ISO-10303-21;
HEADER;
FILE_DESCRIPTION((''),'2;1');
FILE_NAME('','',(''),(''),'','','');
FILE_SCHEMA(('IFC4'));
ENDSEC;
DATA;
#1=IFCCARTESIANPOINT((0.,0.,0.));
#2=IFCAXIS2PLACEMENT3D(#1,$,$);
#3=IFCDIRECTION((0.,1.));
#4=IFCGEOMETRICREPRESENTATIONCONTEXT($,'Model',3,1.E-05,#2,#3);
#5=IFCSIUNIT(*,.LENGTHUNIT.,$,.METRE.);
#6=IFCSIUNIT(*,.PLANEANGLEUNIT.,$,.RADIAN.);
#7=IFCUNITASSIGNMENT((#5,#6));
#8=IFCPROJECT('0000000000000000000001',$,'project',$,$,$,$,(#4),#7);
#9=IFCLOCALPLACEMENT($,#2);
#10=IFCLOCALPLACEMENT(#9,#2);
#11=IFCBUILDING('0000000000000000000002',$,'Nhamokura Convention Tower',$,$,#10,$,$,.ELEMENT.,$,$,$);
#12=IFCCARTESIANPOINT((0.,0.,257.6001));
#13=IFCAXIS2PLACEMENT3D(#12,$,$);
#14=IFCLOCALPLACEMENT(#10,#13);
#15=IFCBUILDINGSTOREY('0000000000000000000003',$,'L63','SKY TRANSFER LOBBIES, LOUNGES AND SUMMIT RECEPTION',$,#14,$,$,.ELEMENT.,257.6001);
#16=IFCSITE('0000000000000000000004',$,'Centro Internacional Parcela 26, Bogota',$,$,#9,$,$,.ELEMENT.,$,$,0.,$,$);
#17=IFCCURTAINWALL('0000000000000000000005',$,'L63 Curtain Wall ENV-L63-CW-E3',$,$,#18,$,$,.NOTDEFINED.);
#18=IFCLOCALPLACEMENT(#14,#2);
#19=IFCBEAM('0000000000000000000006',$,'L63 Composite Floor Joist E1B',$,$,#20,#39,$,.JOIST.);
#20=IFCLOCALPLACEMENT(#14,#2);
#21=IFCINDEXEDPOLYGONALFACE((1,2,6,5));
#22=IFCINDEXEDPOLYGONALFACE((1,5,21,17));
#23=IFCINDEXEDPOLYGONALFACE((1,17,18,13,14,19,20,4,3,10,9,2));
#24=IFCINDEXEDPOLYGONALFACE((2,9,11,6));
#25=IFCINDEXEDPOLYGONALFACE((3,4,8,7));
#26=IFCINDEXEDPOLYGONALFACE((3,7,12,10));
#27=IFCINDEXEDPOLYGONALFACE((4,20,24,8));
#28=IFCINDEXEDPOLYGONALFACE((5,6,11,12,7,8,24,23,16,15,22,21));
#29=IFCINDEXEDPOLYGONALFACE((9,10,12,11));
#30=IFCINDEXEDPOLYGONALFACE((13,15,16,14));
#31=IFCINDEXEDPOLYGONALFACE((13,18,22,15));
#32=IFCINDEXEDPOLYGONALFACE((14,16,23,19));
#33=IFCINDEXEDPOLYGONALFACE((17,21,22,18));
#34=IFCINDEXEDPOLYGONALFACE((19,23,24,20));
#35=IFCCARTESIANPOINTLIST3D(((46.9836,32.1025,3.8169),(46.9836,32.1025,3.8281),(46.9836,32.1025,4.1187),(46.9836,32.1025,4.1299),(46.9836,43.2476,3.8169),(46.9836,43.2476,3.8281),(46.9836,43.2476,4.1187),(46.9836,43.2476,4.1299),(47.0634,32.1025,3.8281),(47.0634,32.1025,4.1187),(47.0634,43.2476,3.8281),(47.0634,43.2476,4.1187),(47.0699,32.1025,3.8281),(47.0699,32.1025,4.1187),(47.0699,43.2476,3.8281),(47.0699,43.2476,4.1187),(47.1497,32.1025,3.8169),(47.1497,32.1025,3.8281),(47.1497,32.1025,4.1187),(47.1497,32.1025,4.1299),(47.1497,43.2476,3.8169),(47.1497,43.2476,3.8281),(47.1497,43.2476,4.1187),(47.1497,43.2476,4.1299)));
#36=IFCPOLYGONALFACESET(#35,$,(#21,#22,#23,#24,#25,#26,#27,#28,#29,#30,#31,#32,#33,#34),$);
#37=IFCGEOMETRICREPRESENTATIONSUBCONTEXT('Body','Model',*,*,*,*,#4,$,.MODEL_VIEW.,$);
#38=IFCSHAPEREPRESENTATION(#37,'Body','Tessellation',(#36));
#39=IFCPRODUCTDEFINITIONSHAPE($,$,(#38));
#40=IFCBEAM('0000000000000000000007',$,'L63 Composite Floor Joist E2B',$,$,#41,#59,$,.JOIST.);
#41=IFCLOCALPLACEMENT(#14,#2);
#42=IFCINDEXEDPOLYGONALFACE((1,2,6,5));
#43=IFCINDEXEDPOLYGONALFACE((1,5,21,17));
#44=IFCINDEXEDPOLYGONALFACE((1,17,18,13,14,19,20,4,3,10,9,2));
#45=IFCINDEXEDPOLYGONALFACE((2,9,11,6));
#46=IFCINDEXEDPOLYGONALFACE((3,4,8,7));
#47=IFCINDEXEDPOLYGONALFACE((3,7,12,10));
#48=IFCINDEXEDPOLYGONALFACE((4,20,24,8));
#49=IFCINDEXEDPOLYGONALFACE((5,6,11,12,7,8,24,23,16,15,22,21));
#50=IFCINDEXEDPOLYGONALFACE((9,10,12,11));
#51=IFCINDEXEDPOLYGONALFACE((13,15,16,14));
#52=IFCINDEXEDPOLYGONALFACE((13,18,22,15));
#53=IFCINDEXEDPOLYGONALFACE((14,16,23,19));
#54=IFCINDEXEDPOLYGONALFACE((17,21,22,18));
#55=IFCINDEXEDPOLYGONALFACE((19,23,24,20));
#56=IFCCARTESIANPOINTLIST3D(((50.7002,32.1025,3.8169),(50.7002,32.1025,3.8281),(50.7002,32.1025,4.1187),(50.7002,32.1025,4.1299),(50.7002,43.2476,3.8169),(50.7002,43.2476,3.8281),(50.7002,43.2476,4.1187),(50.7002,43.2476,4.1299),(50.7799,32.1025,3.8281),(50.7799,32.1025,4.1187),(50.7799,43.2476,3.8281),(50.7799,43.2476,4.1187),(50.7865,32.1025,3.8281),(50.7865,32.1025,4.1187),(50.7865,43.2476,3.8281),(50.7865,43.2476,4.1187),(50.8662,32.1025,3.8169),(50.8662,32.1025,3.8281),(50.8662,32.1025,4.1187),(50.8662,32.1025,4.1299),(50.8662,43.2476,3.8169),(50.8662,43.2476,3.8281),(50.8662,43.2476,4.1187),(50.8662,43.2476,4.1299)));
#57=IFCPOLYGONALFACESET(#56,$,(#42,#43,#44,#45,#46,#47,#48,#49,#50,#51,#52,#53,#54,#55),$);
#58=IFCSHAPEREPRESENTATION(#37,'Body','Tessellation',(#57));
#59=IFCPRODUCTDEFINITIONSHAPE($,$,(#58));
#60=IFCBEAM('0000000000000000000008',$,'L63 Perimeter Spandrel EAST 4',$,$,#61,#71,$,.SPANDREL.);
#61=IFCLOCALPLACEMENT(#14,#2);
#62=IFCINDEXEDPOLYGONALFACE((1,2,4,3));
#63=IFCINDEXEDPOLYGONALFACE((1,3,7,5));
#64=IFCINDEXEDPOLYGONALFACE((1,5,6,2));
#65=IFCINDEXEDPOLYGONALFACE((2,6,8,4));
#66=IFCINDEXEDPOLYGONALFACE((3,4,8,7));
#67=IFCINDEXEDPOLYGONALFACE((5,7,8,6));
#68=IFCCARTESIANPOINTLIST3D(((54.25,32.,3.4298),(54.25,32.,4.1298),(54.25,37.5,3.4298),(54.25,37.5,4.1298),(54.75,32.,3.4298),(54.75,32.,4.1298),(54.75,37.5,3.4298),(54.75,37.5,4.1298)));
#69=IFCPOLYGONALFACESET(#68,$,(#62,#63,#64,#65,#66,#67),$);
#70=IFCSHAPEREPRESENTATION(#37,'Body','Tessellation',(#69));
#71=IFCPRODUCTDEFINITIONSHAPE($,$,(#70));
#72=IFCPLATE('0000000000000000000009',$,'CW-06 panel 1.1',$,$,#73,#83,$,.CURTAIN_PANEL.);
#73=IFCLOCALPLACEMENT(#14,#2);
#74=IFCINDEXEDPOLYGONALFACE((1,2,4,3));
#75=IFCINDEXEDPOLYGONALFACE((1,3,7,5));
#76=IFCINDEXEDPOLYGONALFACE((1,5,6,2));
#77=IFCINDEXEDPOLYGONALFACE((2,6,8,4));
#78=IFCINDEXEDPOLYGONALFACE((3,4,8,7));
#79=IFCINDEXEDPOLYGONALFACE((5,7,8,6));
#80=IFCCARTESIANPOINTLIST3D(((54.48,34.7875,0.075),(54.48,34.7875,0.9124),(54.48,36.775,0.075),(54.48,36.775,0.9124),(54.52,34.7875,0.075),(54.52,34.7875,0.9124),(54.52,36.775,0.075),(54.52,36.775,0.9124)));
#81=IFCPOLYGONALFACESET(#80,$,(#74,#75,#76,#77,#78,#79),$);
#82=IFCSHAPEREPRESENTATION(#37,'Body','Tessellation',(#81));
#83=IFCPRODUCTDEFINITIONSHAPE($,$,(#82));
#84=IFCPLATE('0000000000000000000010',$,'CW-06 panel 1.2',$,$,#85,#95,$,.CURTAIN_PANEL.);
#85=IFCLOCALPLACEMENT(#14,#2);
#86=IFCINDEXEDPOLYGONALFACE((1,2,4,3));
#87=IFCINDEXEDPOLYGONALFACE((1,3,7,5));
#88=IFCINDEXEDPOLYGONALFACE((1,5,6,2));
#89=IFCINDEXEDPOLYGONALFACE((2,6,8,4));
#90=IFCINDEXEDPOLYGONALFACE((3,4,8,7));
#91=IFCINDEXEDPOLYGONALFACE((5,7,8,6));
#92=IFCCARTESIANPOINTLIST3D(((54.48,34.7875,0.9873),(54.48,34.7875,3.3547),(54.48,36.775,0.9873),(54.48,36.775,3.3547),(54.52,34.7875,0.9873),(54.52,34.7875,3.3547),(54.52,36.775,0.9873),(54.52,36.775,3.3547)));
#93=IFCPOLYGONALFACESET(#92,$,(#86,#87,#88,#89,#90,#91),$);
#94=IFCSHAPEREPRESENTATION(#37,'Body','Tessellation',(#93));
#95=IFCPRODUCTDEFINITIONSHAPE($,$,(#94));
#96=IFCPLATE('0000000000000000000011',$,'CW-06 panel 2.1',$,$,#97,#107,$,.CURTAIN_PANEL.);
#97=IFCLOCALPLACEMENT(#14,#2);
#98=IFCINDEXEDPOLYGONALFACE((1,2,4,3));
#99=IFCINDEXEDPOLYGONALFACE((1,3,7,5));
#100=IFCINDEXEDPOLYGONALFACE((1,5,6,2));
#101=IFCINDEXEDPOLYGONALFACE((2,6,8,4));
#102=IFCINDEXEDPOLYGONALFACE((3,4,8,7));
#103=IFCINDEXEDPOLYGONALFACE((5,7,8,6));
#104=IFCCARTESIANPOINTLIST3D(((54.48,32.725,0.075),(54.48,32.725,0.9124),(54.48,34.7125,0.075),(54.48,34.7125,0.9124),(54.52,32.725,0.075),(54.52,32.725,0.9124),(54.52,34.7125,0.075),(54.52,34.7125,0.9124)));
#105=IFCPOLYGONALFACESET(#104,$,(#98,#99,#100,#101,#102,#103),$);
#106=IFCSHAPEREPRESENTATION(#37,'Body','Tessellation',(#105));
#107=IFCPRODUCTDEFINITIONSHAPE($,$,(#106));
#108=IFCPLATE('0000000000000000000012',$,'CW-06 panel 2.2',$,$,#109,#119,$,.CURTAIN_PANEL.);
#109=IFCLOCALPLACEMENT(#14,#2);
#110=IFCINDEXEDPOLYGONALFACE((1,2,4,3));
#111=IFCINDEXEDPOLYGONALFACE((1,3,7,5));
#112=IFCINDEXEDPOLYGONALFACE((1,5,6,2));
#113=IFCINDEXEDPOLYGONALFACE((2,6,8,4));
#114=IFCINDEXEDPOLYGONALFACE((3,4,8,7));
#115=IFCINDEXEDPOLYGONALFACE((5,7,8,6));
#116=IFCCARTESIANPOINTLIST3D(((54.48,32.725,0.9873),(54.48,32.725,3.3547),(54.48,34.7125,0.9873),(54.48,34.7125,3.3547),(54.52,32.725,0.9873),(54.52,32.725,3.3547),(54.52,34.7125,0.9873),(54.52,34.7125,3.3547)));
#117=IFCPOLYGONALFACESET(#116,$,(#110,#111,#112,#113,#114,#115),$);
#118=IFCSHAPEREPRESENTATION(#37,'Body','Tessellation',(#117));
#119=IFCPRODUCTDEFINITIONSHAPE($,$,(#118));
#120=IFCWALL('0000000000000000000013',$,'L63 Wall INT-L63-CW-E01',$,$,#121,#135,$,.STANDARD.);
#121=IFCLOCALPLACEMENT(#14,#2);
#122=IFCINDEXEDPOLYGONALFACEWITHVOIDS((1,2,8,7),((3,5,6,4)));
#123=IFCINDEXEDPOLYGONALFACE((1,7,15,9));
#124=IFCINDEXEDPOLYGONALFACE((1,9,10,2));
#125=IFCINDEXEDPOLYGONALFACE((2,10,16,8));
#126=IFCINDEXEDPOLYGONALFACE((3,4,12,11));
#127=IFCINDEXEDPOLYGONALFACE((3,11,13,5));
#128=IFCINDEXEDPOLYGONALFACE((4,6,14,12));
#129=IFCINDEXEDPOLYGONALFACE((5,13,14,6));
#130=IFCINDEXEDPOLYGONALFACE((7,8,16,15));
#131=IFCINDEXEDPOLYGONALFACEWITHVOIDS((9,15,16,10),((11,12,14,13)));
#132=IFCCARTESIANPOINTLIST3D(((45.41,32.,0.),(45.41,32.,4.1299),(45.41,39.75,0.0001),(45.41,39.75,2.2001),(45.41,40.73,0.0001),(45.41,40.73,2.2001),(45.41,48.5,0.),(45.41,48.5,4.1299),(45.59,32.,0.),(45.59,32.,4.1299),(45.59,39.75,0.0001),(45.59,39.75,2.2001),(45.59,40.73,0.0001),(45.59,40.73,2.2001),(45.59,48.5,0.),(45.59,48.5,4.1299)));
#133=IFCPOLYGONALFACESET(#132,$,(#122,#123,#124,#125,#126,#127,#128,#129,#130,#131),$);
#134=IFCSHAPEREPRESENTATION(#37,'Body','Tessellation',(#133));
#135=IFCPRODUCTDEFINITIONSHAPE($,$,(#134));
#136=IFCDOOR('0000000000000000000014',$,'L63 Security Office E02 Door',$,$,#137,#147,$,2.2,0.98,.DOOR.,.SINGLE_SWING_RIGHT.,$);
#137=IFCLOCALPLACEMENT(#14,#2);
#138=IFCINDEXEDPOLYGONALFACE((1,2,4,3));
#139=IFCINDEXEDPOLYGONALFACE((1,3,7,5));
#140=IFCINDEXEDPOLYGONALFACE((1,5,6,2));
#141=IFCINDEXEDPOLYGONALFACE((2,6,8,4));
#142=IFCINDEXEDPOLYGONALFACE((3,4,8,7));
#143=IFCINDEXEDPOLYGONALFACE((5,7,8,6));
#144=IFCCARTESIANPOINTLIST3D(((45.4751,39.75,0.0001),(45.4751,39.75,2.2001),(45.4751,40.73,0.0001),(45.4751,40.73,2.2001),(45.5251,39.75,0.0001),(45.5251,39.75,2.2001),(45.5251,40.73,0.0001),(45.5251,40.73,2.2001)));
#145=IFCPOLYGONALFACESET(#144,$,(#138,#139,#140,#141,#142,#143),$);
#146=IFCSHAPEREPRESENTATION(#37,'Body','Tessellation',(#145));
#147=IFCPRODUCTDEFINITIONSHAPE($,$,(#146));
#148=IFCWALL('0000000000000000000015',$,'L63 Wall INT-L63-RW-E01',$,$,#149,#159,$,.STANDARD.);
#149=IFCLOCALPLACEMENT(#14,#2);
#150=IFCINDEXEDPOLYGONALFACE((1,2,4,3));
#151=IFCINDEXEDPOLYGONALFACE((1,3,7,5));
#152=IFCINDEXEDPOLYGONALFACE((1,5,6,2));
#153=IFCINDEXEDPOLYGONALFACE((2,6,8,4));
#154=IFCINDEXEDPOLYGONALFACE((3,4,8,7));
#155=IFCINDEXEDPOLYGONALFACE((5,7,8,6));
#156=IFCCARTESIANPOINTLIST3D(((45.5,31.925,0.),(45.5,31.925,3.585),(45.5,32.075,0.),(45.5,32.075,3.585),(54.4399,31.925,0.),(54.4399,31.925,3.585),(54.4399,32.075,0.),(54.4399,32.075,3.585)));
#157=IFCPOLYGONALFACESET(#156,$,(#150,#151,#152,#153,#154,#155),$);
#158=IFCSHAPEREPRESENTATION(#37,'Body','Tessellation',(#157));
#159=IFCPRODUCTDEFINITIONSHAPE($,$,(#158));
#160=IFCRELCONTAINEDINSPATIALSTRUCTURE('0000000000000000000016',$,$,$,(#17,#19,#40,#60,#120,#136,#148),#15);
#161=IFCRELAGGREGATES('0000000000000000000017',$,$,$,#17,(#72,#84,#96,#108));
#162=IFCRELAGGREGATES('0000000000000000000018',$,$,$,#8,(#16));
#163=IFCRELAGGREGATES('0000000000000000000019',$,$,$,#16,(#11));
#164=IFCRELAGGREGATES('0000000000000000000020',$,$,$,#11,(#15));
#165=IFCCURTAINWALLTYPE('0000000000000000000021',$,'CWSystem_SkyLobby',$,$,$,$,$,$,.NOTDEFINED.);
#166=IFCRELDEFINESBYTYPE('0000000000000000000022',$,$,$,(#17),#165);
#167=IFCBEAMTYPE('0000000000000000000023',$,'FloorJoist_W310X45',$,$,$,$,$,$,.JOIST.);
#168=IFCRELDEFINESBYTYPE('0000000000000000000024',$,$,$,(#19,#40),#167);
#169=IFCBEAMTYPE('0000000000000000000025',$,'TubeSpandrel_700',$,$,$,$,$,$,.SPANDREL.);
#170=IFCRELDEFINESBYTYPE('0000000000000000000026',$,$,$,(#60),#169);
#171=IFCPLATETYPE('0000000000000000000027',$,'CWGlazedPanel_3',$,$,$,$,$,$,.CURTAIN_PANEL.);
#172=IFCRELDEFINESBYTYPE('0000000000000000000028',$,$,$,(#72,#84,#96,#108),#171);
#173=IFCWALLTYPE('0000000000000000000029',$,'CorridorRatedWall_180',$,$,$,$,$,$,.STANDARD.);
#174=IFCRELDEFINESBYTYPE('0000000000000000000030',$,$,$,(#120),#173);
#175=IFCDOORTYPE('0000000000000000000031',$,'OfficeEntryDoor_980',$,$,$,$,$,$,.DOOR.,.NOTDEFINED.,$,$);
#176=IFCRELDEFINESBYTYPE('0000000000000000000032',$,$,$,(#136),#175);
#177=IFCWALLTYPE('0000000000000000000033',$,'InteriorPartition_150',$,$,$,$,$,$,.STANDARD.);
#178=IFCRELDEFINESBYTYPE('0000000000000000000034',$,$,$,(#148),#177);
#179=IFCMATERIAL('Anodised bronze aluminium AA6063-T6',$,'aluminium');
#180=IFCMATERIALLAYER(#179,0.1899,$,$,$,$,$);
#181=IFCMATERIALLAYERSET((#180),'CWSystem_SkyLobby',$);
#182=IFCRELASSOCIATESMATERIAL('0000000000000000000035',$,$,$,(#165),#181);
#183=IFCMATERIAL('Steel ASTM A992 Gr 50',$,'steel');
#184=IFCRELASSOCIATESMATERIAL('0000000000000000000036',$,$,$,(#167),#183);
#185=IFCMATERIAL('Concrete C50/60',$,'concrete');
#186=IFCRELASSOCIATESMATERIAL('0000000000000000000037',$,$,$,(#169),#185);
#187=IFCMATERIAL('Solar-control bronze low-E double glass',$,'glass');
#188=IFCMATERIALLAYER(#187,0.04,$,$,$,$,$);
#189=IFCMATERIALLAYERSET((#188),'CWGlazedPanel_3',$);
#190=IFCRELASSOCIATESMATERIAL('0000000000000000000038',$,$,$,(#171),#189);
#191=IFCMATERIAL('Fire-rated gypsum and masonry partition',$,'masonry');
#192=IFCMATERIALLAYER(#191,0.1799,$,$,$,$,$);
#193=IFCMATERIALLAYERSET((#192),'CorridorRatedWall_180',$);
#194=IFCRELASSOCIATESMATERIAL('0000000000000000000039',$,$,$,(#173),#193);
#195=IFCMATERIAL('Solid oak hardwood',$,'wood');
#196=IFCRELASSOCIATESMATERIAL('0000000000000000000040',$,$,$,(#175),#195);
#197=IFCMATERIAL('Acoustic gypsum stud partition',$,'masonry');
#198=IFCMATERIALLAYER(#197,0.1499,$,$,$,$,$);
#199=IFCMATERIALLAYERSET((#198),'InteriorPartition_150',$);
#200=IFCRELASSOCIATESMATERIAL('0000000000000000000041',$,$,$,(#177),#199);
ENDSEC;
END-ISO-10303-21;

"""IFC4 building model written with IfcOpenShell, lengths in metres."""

from ifc_helpers import new_model, si_unit, direction, frame, frame_2d, origin, origin_2d, place, context, subcontext, project, spatial, rectangle, i_section, extrude, material, layer, layer_set, material_profile, profile_set, type_object, element, fill, aggregate, save


model = new_model("IFC4")

# Units and contexts
model_context = context("Model", 3, precision=1e-05, world=origin(), true_north=direction((0.0, 1.0)))
body_context = subcontext(model_context, "Body", "Model", "MODEL_VIEW")
ifc_project = project(units=[si_unit("LENGTHUNIT", "METRE"), si_unit("PLANEANGLEUNIT", "RADIAN")], contexts=[model_context])

# Site, building, storey
site_placement = place(None, origin())
site = spatial("IfcSite", under=ifc_project, at=site_placement, Name="Centro Internacional Parcela 26, Bogota", CompositionType="ELEMENT", RefElevation=0.0)
building_placement = place(site_placement, origin())
building = spatial("IfcBuilding", under=site, at=building_placement, Name="Nhamokura Convention Tower", CompositionType="ELEMENT")
storey_placement = place(building_placement, frame((0.0, 0.0, 257.6001)))
storey = spatial("IfcBuildingStorey", under=building, at=storey_placement, Name="L63", Description="SKY TRANSFER LOBBIES, LOUNGES AND SUMMIT RECEPTION", CompositionType="ELEMENT", Elevation=257.6001)

# Shared definitions
ifc_material_1 = material(Name="Anodised bronze aluminium AA6063-T6", Category="aluminium")
ifc_layer_1 = layer(ifc_material_1, 0.1899)
ifc_layer_set_1 = layer_set([ifc_layer_1], Name="CWSystem_SkyLobby")
curtain_wall_type = type_object("IfcCurtainWallType", Name="CWSystem_SkyLobby", PredefinedType="NOTDEFINED", material=ifc_layer_set_1)

# Curtain wall
curtain_wall_1_placement = place(storey_placement, origin())
curtain_wall_1 = element("IfcCurtainWall", 1, at=curtain_wall_1_placement, inside=storey, type_object=curtain_wall_type, Name="L63 Curtain Wall ENV-L63-CW-E3", PredefinedType="NOTDEFINED")

# Beams
ifc_material_2 = material(Name="Steel ASTM A992 Gr 50", Category="steel")
ifc_material_profile_1 = material_profile(ifc_material_2, i_section(OverallWidth=0.166, OverallDepth=0.313, WebThickness=0.0066, FlangeThickness=0.0112, at=origin_2d()))
ifc_profile_set_1 = profile_set([ifc_material_profile_1], Name="Steel ASTM A992 Gr 50")
beam_type_1 = type_object("IfcBeamType", Name="FloorJoist_W310X45", PredefinedType="JOIST", material=ifc_profile_set_1)
for number, where, z_axis, x_axis, name in (
    (2, (47.0667, 32.1025, 3.9734), (0.0, 1.0, 0.0), (-1.0, 0.0, 0.0), "L63 Composite Floor Joist E1B"),
    (3, (50.7832, 32.1025, 3.9734), (0.0, 1.0, 0.0), (-1.0, 0.0, 0.0), "L63 Composite Floor Joist E2B"),
):
    element("IfcBeam", number, at=place(storey_placement, frame(where, z_axis=z_axis, x_axis=x_axis)), inside=storey, type_object=beam_type_1, Name=name, PredefinedType="JOIST", context=body_context, shape_type="SweptSolid", body=[
        extrude(i_section(OverallWidth=0.166, OverallDepth=0.313, WebThickness=0.0066, FlangeThickness=0.0112, at=origin_2d()), origin(), (0.0, 0.0, 1.0), 11.145),
    ])
ifc_material_3 = material(Name="Concrete C50/60", Category="concrete")
ifc_material_profile_2 = material_profile(ifc_material_3, rectangle(XDim=0.5, YDim=0.7, at=origin_2d()))
ifc_profile_set_2 = profile_set([ifc_material_profile_2], Name="Concrete C50/60")
beam_type_2 = type_object("IfcBeamType", Name="TubeSpandrel_700", PredefinedType="SPANDREL", material=ifc_profile_set_2)
beam_placement = place(storey_placement, frame((54.5, 32.0, 3.7798), z_axis=(0.0, 1.0, 0.0), x_axis=(-1.0, 0.0, 0.0)))
element("IfcBeam", 4, at=beam_placement, inside=storey, type_object=beam_type_2, Name="L63 Perimeter Spandrel EAST 4", PredefinedType="SPANDREL", context=body_context, shape_type="SweptSolid", body=[
    extrude(rectangle(XDim=0.5, YDim=0.7, at=origin_2d()), origin(), (0.0, 0.0, 1.0), 5.5),
])

# Plates
ifc_material_4 = material(Name="Solar-control bronze low-E double glass", Category="glass")
ifc_layer_2 = layer(ifc_material_4, 0.04)
ifc_layer_set_2 = layer_set([ifc_layer_2], Name="CWGlazedPanel_3")
plate_type = type_object("IfcPlateType", Name="CWGlazedPanel_3", PredefinedType="CURTAIN_PANEL", material=ifc_layer_set_2)
plate_1_placement = place(storey_placement, frame((54.5, 35.7812, 0.075), z_axis=(0.0, 0.0, 1.0), x_axis=(0.0, -1.0, 0.0)))
plate_1 = element("IfcPlate", 5, at=plate_1_placement, type_object=plate_type, Name="CW-06 panel 1.1", PredefinedType="CURTAIN_PANEL", context=body_context, shape_type="SweptSolid", body=[
    extrude(rectangle(XDim=1.9875, YDim=0.04, at=origin_2d()), origin(), (0.0, 0.0, 1.0), 0.8374),
])
plate_2_placement = place(storey_placement, frame((54.5, 35.7812, 0.9873), z_axis=(0.0, 0.0, 1.0), x_axis=(0.0, -1.0, 0.0)))
plate_2 = element("IfcPlate", 6, at=plate_2_placement, type_object=plate_type, Name="CW-06 panel 1.2", PredefinedType="CURTAIN_PANEL", context=body_context, shape_type="SweptSolid", body=[
    extrude(rectangle(XDim=1.9875, YDim=0.04, at=origin_2d()), origin(), (0.0, 0.0, 1.0), 2.3674),
])
plate_3_placement = place(storey_placement, frame((54.5, 33.7188, 0.075), z_axis=(0.0, 0.0, 1.0), x_axis=(0.0, -1.0, 0.0)))
plate_3 = element("IfcPlate", 7, at=plate_3_placement, type_object=plate_type, Name="CW-06 panel 2.1", PredefinedType="CURTAIN_PANEL", context=body_context, shape_type="SweptSolid", body=[
    extrude(rectangle(XDim=1.9875, YDim=0.04, at=origin_2d()), origin(), (0.0, 0.0, 1.0), 0.8374),
])
plate_4_placement = place(storey_placement, frame((54.5, 33.7188, 0.9873), z_axis=(0.0, 0.0, 1.0), x_axis=(0.0, -1.0, 0.0)))
plate_4 = element("IfcPlate", 8, at=plate_4_placement, type_object=plate_type, Name="CW-06 panel 2.2", PredefinedType="CURTAIN_PANEL", context=body_context, shape_type="SweptSolid", body=[
    extrude(rectangle(XDim=1.9875, YDim=0.04, at=origin_2d()), origin(), (0.0, 0.0, 1.0), 2.3674),
])
aggregate(curtain_wall_1, [plate_1, plate_2, plate_3, plate_4])

# Wall, opening, door
ifc_material_5 = material(Name="Fire-rated gypsum and masonry partition", Category="masonry")
ifc_layer_3 = layer(ifc_material_5, 0.1799)
ifc_layer_set_3 = layer_set([ifc_layer_3], Name="CorridorRatedWall_180")
wall_type_1 = type_object("IfcWallType", Name="CorridorRatedWall_180", PredefinedType="STANDARD", material=ifc_layer_set_3)
wall_1_placement = place(storey_placement, frame((45.5, 32.0, 0.0), z_axis=(0.0, 0.0, 1.0), x_axis=(0.0, 1.0, 0.0)))
wall_1 = element("IfcWall", 9, at=wall_1_placement, inside=storey, type_object=wall_type_1, Name="L63 Wall INT-L63-CW-E01", PredefinedType="STANDARD", context=body_context, shape_type="SweptSolid", body=[
    extrude(rectangle(XDim=16.5, YDim=0.1799, at=frame_2d((8.25, 0.0))), origin(), (0.0, 0.0, 1.0), 4.1299),
])
opening_placement = place(wall_1_placement, frame((7.75, 0.0, 0.0)))
opening = element("IfcOpeningElement", 10, at=opening_placement, cuts=wall_1, PredefinedType="OPENING", context=body_context, shape_type="SweptSolid", body=[
    extrude(rectangle(XDim=0.98, YDim=2.2, at=frame_2d((0.49, 1.1001))), frame((0.0, 0.0999, 0.0), z_axis=(0.0, -1.0, 0.0), x_axis=(1.0, 0.0, 0.0)), (0.0, 0.0, 1.0), 0.2),
])
ifc_material_6 = material(Name="Solid oak hardwood", Category="wood")
door_type = type_object("IfcDoorType", Name="OfficeEntryDoor_980", OperationType="NOTDEFINED", PredefinedType="DOOR", material=ifc_material_6)
door_placement = place(opening_placement, origin())
door = element("IfcDoor", 11, at=door_placement, inside=storey, type_object=door_type, Name="L63 Security Office E02 Door", OperationType="SINGLE_SWING_RIGHT", OverallHeight=2.2, OverallWidth=0.98, PredefinedType="DOOR", context=body_context, shape_type="SweptSolid", body=[
    extrude(rectangle(XDim=0.98, YDim=2.2, at=frame_2d((0.49, 1.1001))), frame((0.0, 0.0249, 0.0), z_axis=(0.0, -1.0, 0.0), x_axis=(1.0, 0.0, 0.0)), (0.0, 0.0, 1.0), 0.05),
])
fill(opening, door)

# Wall
ifc_material_7 = material(Name="Acoustic gypsum stud partition", Category="masonry")
ifc_layer_4 = layer(ifc_material_7, 0.1499)
ifc_layer_set_4 = layer_set([ifc_layer_4], Name="InteriorPartition_150")
wall_type_2 = type_object("IfcWallType", Name="InteriorPartition_150", PredefinedType="STANDARD", material=ifc_layer_set_4)
wall_2_placement = place(storey_placement, frame((45.5, 32.0, 0.0), z_axis=(0.0, 0.0, 1.0), x_axis=(1.0, 0.0, 0.0)))
element("IfcWall", 12, at=wall_2_placement, inside=storey, type_object=wall_type_2, Name="L63 Wall INT-L63-RW-E01", PredefinedType="STANDARD", context=body_context, shape_type="SweptSolid", body=[
    extrude(rectangle(XDim=8.9399, YDim=0.1499, at=frame_2d((4.47, 0.0))), origin(), (0.0, 0.0, 1.0), 3.585),
])

save(model, "model.ifc")
